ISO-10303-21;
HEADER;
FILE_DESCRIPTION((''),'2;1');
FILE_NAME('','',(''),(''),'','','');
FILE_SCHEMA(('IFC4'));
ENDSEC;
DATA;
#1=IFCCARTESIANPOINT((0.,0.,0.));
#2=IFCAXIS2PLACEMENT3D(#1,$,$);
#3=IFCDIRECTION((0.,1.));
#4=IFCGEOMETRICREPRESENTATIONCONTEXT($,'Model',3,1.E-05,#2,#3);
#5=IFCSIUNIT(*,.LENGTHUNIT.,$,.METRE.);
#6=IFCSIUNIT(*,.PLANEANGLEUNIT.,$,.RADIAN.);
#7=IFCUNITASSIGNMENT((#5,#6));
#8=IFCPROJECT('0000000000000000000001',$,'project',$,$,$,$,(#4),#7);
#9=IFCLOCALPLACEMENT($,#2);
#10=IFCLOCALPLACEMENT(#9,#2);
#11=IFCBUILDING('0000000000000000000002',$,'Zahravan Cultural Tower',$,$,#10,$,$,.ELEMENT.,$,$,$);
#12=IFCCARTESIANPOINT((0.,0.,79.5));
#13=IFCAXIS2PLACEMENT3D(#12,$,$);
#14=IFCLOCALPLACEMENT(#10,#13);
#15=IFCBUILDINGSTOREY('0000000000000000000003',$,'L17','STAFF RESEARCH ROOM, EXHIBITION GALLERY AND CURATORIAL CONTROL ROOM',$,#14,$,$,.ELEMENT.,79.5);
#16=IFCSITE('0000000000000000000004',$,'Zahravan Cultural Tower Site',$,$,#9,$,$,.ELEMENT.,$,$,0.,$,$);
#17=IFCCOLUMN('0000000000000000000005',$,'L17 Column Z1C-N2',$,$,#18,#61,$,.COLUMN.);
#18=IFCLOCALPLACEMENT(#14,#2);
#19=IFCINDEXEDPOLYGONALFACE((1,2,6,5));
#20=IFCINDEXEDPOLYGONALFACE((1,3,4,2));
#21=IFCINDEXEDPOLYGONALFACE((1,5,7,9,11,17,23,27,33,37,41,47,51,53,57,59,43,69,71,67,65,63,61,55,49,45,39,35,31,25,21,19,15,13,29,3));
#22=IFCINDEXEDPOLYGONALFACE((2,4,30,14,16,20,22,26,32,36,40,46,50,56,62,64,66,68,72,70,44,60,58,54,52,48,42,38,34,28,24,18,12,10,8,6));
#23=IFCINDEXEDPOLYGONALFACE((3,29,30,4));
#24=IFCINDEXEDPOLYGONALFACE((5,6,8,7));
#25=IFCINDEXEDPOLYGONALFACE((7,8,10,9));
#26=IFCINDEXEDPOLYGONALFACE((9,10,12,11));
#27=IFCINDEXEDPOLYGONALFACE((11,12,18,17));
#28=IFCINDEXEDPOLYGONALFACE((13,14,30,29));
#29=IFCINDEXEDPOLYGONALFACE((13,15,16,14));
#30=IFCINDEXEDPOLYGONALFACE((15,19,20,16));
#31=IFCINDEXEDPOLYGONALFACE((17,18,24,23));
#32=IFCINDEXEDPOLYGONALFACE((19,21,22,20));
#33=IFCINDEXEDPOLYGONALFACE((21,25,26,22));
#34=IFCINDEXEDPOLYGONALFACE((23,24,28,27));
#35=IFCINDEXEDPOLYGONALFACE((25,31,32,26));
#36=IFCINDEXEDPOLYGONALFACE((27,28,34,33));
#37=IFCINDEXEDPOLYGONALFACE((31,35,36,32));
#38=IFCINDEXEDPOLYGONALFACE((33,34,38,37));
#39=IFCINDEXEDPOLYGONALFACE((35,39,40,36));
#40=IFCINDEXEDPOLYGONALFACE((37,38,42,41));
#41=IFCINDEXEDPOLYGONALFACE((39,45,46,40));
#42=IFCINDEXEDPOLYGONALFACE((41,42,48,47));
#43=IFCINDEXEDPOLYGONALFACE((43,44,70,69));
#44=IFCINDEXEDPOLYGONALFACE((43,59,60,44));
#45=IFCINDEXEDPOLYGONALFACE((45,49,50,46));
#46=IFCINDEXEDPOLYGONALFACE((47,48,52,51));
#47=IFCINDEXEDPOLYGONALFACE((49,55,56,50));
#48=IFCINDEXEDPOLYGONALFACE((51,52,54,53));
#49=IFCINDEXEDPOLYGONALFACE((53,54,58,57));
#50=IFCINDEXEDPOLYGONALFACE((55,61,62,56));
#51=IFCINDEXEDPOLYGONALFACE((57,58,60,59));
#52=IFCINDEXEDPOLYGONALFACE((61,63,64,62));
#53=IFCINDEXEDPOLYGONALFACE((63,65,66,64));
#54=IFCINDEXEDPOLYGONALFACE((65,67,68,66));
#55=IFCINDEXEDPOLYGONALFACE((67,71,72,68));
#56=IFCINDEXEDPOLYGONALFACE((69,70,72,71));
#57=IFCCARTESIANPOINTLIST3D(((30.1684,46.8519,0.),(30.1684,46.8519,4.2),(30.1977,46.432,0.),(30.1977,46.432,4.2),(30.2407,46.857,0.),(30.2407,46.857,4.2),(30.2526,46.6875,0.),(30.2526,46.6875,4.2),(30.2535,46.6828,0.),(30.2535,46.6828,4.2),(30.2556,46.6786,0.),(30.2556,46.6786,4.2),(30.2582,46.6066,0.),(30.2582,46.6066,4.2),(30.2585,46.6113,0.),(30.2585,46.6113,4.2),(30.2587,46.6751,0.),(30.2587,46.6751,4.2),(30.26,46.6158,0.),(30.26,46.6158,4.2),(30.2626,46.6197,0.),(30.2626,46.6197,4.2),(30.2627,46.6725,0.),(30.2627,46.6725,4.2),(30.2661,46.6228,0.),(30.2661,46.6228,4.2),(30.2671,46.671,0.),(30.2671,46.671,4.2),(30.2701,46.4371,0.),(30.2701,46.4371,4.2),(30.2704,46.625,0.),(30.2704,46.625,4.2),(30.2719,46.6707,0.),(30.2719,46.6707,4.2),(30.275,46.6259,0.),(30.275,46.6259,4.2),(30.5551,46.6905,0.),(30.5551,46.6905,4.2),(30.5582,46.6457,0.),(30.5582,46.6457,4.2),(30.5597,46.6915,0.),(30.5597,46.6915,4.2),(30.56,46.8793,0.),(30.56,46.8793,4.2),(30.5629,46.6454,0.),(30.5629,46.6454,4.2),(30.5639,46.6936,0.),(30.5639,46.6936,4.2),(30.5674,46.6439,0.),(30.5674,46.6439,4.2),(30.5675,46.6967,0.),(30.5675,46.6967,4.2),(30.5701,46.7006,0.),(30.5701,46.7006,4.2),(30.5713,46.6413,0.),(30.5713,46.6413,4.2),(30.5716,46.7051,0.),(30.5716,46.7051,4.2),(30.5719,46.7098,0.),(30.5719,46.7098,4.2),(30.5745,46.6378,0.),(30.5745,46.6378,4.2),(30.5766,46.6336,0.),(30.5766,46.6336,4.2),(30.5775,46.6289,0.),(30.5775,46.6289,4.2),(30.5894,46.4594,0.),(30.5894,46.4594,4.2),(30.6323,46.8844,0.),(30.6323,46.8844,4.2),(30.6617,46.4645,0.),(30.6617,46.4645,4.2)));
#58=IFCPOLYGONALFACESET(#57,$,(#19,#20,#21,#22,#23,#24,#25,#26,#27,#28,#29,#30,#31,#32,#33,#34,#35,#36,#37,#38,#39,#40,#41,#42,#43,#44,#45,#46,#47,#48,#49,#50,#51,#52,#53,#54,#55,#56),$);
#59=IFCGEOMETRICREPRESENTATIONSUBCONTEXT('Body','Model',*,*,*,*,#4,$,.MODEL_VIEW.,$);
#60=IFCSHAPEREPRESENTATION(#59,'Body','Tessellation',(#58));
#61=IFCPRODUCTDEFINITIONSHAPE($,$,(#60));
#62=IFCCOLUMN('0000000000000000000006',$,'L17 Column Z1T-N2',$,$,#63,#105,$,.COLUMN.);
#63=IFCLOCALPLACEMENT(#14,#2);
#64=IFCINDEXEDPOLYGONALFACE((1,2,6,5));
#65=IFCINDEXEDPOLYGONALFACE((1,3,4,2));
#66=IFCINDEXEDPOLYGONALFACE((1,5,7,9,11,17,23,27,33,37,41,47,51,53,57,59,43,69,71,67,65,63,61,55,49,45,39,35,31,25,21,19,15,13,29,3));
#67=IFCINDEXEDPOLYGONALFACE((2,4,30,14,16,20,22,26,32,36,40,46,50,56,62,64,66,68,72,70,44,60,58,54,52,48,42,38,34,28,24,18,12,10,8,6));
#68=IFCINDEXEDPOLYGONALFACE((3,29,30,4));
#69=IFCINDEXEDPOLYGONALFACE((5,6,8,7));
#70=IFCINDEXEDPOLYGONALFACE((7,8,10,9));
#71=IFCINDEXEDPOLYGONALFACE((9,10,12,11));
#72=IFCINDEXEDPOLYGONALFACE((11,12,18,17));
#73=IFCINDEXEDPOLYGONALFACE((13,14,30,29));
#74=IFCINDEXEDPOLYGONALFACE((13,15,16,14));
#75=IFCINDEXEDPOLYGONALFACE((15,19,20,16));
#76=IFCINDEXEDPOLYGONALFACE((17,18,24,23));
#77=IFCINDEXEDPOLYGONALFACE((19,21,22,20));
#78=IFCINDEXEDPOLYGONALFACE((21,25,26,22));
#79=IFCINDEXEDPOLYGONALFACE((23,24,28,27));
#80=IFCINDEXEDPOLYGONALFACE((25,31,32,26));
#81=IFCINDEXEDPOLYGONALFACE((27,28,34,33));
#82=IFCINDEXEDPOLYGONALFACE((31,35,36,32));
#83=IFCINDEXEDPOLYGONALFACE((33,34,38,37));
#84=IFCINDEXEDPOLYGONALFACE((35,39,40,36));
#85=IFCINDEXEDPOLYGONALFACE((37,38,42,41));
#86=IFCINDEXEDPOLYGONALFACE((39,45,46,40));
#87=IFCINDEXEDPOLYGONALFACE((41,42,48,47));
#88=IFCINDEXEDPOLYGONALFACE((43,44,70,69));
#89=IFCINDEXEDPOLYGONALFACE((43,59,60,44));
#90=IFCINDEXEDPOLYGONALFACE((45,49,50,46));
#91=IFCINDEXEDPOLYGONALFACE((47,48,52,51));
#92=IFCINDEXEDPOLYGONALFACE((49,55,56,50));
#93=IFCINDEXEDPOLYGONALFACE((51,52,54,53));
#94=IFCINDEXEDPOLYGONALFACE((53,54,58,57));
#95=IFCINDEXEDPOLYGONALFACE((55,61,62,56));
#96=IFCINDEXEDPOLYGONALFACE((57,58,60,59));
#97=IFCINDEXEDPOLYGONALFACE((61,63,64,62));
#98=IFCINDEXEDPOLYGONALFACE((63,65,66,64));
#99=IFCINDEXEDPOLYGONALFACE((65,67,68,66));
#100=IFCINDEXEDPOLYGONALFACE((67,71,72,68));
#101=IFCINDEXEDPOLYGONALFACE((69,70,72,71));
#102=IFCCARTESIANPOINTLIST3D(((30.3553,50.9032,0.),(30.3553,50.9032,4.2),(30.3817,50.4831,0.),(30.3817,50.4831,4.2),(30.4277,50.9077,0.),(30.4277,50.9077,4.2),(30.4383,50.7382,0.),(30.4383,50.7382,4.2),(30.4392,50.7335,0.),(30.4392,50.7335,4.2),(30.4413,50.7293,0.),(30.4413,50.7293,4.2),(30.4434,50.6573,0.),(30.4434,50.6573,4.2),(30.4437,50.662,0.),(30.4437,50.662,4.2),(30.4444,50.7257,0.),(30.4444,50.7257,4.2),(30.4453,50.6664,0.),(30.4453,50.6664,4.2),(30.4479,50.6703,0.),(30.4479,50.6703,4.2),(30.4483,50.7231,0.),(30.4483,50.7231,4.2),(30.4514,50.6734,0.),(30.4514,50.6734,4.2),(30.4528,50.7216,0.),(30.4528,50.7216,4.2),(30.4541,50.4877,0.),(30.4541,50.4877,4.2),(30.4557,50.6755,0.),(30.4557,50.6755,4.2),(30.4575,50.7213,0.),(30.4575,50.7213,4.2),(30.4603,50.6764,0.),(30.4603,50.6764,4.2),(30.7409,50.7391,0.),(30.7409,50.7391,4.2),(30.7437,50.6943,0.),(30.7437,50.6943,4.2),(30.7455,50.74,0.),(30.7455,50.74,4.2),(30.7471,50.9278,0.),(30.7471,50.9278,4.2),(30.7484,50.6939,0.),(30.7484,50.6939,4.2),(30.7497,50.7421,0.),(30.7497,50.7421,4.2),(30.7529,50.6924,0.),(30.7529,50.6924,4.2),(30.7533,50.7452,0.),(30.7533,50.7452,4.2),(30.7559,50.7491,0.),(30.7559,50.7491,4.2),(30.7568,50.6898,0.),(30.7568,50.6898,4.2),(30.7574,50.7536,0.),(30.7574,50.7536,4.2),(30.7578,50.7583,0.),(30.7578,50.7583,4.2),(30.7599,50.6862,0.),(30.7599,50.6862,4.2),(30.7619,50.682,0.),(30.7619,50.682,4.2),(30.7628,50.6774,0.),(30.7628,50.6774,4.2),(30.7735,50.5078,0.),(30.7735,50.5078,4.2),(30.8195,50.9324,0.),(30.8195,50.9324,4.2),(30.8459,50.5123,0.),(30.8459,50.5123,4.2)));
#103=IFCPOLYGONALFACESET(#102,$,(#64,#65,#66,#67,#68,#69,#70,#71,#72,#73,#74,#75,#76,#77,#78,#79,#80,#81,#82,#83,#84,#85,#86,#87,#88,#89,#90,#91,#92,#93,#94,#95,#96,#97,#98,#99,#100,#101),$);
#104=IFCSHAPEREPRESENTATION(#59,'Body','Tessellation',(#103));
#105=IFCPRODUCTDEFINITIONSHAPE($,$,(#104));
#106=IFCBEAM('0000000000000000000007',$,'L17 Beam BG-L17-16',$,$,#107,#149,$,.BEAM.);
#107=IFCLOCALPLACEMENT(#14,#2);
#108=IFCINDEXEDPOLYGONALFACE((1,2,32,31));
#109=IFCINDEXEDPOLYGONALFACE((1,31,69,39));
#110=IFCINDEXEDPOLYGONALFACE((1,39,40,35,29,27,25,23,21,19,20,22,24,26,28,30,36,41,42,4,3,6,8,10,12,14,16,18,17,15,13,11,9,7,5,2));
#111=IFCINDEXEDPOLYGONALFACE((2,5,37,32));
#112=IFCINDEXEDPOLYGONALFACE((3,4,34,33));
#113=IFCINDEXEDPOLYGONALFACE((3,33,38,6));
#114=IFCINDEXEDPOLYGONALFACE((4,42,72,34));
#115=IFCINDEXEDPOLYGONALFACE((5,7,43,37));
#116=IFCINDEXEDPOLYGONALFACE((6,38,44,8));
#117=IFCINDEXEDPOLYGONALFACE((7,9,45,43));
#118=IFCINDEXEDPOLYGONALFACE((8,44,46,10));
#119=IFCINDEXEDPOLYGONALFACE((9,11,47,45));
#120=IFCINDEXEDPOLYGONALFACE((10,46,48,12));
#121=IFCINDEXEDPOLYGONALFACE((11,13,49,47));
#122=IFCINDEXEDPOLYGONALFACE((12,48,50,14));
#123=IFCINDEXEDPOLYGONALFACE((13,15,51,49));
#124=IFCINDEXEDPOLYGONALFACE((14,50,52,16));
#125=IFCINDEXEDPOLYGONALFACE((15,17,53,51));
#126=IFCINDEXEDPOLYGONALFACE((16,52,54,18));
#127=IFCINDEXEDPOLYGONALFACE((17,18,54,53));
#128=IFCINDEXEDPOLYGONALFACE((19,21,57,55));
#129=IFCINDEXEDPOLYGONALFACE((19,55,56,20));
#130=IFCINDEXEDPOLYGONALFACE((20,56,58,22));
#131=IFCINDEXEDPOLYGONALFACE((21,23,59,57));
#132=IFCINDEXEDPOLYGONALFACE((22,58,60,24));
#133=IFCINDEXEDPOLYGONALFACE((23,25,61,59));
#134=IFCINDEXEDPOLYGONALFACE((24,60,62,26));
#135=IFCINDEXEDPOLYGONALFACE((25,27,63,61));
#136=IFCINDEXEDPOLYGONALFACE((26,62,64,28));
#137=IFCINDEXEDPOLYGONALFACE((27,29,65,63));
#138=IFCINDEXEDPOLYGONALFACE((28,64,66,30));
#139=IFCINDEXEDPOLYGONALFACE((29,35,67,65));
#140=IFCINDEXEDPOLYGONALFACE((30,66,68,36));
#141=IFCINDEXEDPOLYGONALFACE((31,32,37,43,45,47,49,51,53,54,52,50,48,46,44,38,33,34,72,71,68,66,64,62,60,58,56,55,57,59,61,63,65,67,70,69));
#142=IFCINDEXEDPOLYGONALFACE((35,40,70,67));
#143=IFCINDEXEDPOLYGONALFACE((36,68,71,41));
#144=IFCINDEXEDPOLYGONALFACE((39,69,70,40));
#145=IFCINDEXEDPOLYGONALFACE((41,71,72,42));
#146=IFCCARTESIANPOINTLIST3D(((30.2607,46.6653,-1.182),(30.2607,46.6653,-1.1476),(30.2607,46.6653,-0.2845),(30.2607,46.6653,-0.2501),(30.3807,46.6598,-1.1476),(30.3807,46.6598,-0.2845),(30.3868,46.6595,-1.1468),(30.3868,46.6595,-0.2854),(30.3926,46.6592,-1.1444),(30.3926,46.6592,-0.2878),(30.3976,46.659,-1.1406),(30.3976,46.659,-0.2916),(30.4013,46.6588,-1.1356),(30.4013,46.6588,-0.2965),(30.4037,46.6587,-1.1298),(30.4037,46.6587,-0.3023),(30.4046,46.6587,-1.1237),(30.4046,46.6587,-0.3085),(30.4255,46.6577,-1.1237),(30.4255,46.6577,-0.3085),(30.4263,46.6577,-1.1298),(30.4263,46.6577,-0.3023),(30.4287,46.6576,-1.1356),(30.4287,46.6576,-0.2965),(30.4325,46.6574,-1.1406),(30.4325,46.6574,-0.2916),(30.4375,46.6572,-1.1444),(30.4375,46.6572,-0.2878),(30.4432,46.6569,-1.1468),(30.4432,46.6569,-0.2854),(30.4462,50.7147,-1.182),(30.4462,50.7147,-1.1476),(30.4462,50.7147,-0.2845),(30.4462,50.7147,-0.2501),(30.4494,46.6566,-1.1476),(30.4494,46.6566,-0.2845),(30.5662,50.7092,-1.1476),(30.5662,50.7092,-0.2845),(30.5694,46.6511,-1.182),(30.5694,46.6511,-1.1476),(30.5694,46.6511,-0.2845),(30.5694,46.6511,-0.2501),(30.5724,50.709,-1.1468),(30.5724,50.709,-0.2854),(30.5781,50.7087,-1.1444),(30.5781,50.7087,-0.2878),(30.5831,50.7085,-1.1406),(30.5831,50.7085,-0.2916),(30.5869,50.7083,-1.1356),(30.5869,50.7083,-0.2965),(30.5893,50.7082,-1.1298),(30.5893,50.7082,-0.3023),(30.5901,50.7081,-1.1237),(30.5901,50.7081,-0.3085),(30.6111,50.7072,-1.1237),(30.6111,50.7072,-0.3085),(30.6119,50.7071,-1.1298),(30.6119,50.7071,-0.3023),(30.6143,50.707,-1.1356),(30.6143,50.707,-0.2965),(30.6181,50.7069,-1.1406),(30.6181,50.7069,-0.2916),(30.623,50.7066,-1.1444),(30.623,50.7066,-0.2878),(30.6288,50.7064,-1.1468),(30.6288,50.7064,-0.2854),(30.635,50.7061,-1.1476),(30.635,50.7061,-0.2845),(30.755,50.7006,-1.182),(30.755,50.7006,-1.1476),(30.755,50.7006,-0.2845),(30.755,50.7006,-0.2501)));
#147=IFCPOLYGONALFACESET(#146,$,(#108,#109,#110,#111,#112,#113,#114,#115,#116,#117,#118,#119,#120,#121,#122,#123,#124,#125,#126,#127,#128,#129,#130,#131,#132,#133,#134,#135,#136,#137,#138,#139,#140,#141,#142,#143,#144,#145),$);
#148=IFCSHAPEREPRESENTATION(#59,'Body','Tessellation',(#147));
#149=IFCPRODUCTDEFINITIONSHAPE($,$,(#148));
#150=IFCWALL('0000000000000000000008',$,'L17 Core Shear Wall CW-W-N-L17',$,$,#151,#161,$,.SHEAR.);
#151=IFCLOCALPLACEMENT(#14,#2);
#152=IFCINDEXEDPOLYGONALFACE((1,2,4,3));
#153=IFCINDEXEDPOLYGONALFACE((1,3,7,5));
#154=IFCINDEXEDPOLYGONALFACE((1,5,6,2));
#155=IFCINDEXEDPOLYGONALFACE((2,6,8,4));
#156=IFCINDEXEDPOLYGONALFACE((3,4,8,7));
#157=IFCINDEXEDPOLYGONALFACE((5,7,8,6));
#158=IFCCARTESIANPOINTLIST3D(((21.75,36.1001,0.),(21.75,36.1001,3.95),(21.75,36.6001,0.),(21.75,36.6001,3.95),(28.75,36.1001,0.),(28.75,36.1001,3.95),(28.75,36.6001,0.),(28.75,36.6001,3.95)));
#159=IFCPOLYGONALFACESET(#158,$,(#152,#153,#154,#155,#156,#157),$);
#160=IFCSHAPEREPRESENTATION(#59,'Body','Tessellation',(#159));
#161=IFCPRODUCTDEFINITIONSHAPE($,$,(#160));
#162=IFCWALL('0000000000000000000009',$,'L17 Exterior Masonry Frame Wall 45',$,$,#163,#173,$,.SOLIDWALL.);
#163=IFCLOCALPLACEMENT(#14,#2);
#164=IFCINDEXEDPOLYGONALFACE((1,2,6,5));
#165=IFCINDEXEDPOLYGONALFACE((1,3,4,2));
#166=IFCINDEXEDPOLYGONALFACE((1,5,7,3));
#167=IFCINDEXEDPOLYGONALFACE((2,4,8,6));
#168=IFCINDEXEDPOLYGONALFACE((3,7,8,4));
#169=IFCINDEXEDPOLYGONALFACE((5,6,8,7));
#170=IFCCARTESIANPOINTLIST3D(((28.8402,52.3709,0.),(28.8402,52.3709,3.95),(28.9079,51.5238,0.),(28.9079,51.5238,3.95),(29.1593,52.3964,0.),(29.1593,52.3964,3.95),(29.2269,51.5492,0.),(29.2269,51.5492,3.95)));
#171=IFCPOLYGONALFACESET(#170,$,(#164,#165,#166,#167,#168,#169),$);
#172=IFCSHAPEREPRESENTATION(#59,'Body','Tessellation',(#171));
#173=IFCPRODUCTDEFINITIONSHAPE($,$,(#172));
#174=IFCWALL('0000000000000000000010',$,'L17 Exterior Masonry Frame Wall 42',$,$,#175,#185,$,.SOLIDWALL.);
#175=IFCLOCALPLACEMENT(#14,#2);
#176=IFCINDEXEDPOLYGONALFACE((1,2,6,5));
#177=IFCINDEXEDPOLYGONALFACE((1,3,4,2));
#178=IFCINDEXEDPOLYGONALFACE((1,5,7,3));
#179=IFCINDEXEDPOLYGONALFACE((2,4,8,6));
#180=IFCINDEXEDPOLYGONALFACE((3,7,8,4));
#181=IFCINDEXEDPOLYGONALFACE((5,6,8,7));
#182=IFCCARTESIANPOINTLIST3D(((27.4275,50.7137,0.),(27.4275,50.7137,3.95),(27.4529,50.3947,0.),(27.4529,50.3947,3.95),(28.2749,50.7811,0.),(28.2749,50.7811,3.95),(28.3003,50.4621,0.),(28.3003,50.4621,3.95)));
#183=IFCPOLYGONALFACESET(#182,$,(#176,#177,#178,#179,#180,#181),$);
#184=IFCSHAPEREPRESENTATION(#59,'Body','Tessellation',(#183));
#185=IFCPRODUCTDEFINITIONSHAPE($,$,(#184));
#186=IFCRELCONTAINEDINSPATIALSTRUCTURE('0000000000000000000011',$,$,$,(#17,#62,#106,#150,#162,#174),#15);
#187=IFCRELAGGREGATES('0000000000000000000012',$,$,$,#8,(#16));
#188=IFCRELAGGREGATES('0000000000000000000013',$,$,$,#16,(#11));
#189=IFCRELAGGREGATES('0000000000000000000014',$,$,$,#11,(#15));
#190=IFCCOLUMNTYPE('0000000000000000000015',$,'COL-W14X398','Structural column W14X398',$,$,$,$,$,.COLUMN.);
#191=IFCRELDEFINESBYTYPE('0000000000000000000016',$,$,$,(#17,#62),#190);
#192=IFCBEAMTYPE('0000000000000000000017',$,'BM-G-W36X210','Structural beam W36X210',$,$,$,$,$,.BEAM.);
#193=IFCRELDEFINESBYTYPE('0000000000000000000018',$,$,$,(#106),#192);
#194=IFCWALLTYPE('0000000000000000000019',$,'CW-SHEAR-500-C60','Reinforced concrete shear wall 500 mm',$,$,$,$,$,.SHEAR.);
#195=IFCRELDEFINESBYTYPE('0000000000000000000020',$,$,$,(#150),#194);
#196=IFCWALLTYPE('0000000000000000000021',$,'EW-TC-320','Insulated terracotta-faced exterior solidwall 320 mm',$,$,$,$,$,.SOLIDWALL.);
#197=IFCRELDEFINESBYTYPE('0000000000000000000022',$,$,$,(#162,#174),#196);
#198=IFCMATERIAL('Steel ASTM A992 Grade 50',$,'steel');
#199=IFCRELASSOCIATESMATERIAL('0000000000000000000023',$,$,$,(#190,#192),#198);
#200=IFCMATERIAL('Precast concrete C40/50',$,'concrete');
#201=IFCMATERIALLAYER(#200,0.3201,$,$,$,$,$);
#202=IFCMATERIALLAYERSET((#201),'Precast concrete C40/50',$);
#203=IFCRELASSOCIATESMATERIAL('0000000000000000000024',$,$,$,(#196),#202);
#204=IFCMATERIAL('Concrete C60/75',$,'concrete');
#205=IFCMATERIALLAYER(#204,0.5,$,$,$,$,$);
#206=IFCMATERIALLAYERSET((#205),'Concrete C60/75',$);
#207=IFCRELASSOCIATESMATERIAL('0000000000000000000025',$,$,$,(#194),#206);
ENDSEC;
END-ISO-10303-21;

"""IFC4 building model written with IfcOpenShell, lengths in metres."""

from ifc_helpers import new_model, si_unit, direction, frame, frame_2d, origin, origin_2d, place, context, subcontext, project, spatial, rectangle, i_section, extrude, source, transform, mapped, material, layer, layer_set, material_profile, profile_set, type_object, element, save


model = new_model("IFC4")

# Units and contexts
model_context = context("Model", 3, precision=1e-05, world=origin(), true_north=direction((0.0, 1.0)))
body_context = subcontext(model_context, "Body", "Model", "MODEL_VIEW")
ifc_project = project(units=[si_unit("LENGTHUNIT", "METRE"), si_unit("PLANEANGLEUNIT", "RADIAN")], contexts=[model_context])

# Site, building, storey
site_placement = place(None, origin())
site = spatial("IfcSite", under=ifc_project, at=site_placement, Name="Zahravan Cultural Tower Site", CompositionType="ELEMENT", RefElevation=0.0)
building_placement = place(site_placement, origin())
building = spatial("IfcBuilding", under=site, at=building_placement, Name="Zahravan Cultural Tower", CompositionType="ELEMENT")
storey_placement = place(building_placement, frame((0.0, 0.0, 79.5)))
storey = spatial("IfcBuildingStorey", under=building, at=storey_placement, Name="L17", Description="STAFF RESEARCH ROOM, EXHIBITION GALLERY AND CURATORIAL CONTROL ROOM", CompositionType="ELEMENT", Elevation=79.5)

# Columns
ifc_material_1 = material(Name="Steel ASTM A992 Grade 50", Category="steel")
ifc_material_profile_1 = material_profile(ifc_material_1, i_section(OverallWidth=0.4209, OverallDepth=0.4651, WebThickness=0.0449, FlangeThickness=0.0725, FilletRadius=0.0181, at=origin_2d()), Name="W14X398")
ifc_profile_set_1 = profile_set([ifc_material_profile_1], Name="Steel ASTM A992 Grade 50")
column_type = type_object("IfcColumnType", Name="COL-W14X398", Description="Structural column W14X398", PredefinedType="COLUMN", material=ifc_profile_set_1)
shared_shape_1 = source(origin(), body_context, "Body", "SweptSolid", [
    extrude(i_section(OverallWidth=0.4209, OverallDepth=0.4651, WebThickness=0.0449, FlangeThickness=0.0725, FilletRadius=0.0181, at=origin_2d()), origin(), (0.0, 0.0, 1.0), 4.2),
])
for number, where, z_axis, x_axis, name in (
    (1, (30.415, 46.6582, 0.0), (0.0, 0.0, 1.0), (-0.069756, 0.997564, 0.0), "L17 Column Z1C-N2"),
    (2, (30.6006, 50.7078, 0.0), (0.0, 0.0, 1.0), (-0.062791, 0.998027, 0.0), "L17 Column Z1T-N2"),
):
    element("IfcColumn", number, at=place(storey_placement, frame(where, z_axis=z_axis, x_axis=x_axis)), inside=storey, type_object=column_type, Name=name, PredefinedType="COLUMN", context=body_context, shape_type="MappedRepresentation", body=[
        mapped(shared_shape_1, transform((0.0, 0.0, 0.0), x_axis=(1.0, 0.0, 0.0), y_axis=(0.0, 1.0, 0.0), z_axis=(0.0, 0.0, 1.0), scale=1.0)),
    ])

# Beam
ifc_material_profile_2 = material_profile(ifc_material_1, i_section(OverallWidth=0.3091, OverallDepth=0.9319, WebThickness=0.021, FlangeThickness=0.0344, FilletRadius=0.0239, at=origin_2d()), Name="W36X210")
ifc_profile_set_2 = profile_set([ifc_material_profile_2], Name="Steel ASTM A992 Grade 50")
beam_type = type_object("IfcBeamType", Name="BM-G-W36X210", Description="Structural beam W36X210", PredefinedType="BEAM", material=ifc_profile_set_2)
shared_shape_2 = source(origin(), body_context, "Body", "SweptSolid", [
    extrude(i_section(OverallWidth=0.3091, OverallDepth=0.9319, WebThickness=0.021, FlangeThickness=0.0344, FilletRadius=0.0239, at=origin_2d()), origin(), (0.0, 0.0, 1.0), 4.0537),
])
beam_placement = place(storey_placement, frame((30.415, 46.6582, -0.7161), z_axis=(0.045771, 0.998952, 0.0), x_axis=(-0.998952, 0.045771, 0.0)))
element("IfcBeam", 3, at=beam_placement, inside=storey, type_object=beam_type, Name="L17 Beam BG-L17-16", PredefinedType="BEAM", context=body_context, shape_type="MappedRepresentation", body=[
    mapped(shared_shape_2, transform((0.0, 0.0, 0.0), x_axis=(1.0, 0.0, 0.0), y_axis=(0.0, 1.0, 0.0), z_axis=(0.0, 0.0, 1.0), scale=1.0)),
])

# Shared definitions
ifc_material_2 = material(Name="Precast concrete C40/50", Category="concrete")
ifc_layer_1 = layer(ifc_material_2, 0.3201)
ifc_layer_set_1 = layer_set([ifc_layer_1], Name="Precast concrete C40/50")
wall_type_1 = type_object("IfcWallType", Name="EW-TC-320", Description="Insulated terracotta-faced exterior solidwall 320 mm", PredefinedType="SOLIDWALL", material=ifc_layer_set_1)

# Walls
ifc_material_3 = material(Name="Concrete C60/75", Category="concrete")
ifc_layer_2 = layer(ifc_material_3, 0.5)
ifc_layer_set_2 = layer_set([ifc_layer_2], Name="Concrete C60/75")
wall_type_2 = type_object("IfcWallType", Name="CW-SHEAR-500-C60", Description="Reinforced concrete shear wall 500 mm", PredefinedType="SHEAR", material=ifc_layer_set_2)
shared_shape_3 = source(origin(), body_context, "Body", "SweptSolid", [
    extrude(rectangle(XDim=7.0, YDim=0.5, at=frame_2d((3.5, 0.0))), origin(), (0.0, 0.0, 1.0), 3.95),
])
wall_1_placement = place(storey_placement, frame((21.75, 36.3501, 0.0), z_axis=(0.0, 0.0, 1.0), x_axis=(1.0, 0.0, 0.0)))
element("IfcWall", 4, at=wall_1_placement, inside=storey, type_object=wall_type_2, Name="L17 Core Shear Wall CW-W-N-L17", PredefinedType="SHEAR", context=body_context, shape_type="MappedRepresentation", body=[
    mapped(shared_shape_3, transform((0.0, 0.0, 0.0), x_axis=(1.0, 0.0, 0.0), y_axis=(0.0, 1.0, 0.0), z_axis=(0.0, 0.0, 1.0), scale=1.0)),
])
shared_shape_4 = source(origin(), body_context, "Body", "SweptSolid", [
    extrude(rectangle(XDim=0.8499, YDim=0.3201, at=frame_2d((0.4248, 0.0))), origin(), (0.0, 0.0, 1.0), 3.95),
])
wall_2_placement = place(storey_placement, frame((29.0674, 51.5366, 0.0), z_axis=(0.0, 0.0, 1.0), x_axis=(-0.079574, 0.996829, 0.0)))
element("IfcWall", 5, at=wall_2_placement, inside=storey, type_object=wall_type_1, Name="L17 Exterior Masonry Frame Wall 45", PredefinedType="SOLIDWALL", context=body_context, shape_type="MappedRepresentation", body=[
    mapped(shared_shape_4, transform((0.0, 0.0, 0.0), x_axis=(1.0, 0.0, 0.0), y_axis=(0.0, 1.0, 0.0), z_axis=(0.0, 0.0, 1.0), scale=1.0)),
])
shared_shape_5 = source(origin(), body_context, "Body", "SweptSolid", [
    extrude(rectangle(XDim=0.8501, YDim=0.3201, at=frame_2d((0.425, 0.0))), origin(), (0.0, 0.0, 1.0), 3.95),
])
for number, where, z_axis, x_axis, name in (
    (6, (27.4402, 50.5542, 0.0), (0.0, 0.0, 1.0), (0.996854, 0.079266, 0.0), "L17 Exterior Masonry Frame Wall 42"),
):
    element("IfcWall", number, at=place(storey_placement, frame(where, z_axis=z_axis, x_axis=x_axis)), inside=storey, type_object=wall_type_1, Name=name, PredefinedType="SOLIDWALL", context=body_context, shape_type="MappedRepresentation", body=[
        mapped(shared_shape_5, transform((0.0, 0.0, 0.0), x_axis=(1.0, 0.0, 0.0), y_axis=(0.0, 1.0, 0.0), z_axis=(0.0, 0.0, 1.0), scale=1.0)),
    ])

save(model, "model.ifc")
